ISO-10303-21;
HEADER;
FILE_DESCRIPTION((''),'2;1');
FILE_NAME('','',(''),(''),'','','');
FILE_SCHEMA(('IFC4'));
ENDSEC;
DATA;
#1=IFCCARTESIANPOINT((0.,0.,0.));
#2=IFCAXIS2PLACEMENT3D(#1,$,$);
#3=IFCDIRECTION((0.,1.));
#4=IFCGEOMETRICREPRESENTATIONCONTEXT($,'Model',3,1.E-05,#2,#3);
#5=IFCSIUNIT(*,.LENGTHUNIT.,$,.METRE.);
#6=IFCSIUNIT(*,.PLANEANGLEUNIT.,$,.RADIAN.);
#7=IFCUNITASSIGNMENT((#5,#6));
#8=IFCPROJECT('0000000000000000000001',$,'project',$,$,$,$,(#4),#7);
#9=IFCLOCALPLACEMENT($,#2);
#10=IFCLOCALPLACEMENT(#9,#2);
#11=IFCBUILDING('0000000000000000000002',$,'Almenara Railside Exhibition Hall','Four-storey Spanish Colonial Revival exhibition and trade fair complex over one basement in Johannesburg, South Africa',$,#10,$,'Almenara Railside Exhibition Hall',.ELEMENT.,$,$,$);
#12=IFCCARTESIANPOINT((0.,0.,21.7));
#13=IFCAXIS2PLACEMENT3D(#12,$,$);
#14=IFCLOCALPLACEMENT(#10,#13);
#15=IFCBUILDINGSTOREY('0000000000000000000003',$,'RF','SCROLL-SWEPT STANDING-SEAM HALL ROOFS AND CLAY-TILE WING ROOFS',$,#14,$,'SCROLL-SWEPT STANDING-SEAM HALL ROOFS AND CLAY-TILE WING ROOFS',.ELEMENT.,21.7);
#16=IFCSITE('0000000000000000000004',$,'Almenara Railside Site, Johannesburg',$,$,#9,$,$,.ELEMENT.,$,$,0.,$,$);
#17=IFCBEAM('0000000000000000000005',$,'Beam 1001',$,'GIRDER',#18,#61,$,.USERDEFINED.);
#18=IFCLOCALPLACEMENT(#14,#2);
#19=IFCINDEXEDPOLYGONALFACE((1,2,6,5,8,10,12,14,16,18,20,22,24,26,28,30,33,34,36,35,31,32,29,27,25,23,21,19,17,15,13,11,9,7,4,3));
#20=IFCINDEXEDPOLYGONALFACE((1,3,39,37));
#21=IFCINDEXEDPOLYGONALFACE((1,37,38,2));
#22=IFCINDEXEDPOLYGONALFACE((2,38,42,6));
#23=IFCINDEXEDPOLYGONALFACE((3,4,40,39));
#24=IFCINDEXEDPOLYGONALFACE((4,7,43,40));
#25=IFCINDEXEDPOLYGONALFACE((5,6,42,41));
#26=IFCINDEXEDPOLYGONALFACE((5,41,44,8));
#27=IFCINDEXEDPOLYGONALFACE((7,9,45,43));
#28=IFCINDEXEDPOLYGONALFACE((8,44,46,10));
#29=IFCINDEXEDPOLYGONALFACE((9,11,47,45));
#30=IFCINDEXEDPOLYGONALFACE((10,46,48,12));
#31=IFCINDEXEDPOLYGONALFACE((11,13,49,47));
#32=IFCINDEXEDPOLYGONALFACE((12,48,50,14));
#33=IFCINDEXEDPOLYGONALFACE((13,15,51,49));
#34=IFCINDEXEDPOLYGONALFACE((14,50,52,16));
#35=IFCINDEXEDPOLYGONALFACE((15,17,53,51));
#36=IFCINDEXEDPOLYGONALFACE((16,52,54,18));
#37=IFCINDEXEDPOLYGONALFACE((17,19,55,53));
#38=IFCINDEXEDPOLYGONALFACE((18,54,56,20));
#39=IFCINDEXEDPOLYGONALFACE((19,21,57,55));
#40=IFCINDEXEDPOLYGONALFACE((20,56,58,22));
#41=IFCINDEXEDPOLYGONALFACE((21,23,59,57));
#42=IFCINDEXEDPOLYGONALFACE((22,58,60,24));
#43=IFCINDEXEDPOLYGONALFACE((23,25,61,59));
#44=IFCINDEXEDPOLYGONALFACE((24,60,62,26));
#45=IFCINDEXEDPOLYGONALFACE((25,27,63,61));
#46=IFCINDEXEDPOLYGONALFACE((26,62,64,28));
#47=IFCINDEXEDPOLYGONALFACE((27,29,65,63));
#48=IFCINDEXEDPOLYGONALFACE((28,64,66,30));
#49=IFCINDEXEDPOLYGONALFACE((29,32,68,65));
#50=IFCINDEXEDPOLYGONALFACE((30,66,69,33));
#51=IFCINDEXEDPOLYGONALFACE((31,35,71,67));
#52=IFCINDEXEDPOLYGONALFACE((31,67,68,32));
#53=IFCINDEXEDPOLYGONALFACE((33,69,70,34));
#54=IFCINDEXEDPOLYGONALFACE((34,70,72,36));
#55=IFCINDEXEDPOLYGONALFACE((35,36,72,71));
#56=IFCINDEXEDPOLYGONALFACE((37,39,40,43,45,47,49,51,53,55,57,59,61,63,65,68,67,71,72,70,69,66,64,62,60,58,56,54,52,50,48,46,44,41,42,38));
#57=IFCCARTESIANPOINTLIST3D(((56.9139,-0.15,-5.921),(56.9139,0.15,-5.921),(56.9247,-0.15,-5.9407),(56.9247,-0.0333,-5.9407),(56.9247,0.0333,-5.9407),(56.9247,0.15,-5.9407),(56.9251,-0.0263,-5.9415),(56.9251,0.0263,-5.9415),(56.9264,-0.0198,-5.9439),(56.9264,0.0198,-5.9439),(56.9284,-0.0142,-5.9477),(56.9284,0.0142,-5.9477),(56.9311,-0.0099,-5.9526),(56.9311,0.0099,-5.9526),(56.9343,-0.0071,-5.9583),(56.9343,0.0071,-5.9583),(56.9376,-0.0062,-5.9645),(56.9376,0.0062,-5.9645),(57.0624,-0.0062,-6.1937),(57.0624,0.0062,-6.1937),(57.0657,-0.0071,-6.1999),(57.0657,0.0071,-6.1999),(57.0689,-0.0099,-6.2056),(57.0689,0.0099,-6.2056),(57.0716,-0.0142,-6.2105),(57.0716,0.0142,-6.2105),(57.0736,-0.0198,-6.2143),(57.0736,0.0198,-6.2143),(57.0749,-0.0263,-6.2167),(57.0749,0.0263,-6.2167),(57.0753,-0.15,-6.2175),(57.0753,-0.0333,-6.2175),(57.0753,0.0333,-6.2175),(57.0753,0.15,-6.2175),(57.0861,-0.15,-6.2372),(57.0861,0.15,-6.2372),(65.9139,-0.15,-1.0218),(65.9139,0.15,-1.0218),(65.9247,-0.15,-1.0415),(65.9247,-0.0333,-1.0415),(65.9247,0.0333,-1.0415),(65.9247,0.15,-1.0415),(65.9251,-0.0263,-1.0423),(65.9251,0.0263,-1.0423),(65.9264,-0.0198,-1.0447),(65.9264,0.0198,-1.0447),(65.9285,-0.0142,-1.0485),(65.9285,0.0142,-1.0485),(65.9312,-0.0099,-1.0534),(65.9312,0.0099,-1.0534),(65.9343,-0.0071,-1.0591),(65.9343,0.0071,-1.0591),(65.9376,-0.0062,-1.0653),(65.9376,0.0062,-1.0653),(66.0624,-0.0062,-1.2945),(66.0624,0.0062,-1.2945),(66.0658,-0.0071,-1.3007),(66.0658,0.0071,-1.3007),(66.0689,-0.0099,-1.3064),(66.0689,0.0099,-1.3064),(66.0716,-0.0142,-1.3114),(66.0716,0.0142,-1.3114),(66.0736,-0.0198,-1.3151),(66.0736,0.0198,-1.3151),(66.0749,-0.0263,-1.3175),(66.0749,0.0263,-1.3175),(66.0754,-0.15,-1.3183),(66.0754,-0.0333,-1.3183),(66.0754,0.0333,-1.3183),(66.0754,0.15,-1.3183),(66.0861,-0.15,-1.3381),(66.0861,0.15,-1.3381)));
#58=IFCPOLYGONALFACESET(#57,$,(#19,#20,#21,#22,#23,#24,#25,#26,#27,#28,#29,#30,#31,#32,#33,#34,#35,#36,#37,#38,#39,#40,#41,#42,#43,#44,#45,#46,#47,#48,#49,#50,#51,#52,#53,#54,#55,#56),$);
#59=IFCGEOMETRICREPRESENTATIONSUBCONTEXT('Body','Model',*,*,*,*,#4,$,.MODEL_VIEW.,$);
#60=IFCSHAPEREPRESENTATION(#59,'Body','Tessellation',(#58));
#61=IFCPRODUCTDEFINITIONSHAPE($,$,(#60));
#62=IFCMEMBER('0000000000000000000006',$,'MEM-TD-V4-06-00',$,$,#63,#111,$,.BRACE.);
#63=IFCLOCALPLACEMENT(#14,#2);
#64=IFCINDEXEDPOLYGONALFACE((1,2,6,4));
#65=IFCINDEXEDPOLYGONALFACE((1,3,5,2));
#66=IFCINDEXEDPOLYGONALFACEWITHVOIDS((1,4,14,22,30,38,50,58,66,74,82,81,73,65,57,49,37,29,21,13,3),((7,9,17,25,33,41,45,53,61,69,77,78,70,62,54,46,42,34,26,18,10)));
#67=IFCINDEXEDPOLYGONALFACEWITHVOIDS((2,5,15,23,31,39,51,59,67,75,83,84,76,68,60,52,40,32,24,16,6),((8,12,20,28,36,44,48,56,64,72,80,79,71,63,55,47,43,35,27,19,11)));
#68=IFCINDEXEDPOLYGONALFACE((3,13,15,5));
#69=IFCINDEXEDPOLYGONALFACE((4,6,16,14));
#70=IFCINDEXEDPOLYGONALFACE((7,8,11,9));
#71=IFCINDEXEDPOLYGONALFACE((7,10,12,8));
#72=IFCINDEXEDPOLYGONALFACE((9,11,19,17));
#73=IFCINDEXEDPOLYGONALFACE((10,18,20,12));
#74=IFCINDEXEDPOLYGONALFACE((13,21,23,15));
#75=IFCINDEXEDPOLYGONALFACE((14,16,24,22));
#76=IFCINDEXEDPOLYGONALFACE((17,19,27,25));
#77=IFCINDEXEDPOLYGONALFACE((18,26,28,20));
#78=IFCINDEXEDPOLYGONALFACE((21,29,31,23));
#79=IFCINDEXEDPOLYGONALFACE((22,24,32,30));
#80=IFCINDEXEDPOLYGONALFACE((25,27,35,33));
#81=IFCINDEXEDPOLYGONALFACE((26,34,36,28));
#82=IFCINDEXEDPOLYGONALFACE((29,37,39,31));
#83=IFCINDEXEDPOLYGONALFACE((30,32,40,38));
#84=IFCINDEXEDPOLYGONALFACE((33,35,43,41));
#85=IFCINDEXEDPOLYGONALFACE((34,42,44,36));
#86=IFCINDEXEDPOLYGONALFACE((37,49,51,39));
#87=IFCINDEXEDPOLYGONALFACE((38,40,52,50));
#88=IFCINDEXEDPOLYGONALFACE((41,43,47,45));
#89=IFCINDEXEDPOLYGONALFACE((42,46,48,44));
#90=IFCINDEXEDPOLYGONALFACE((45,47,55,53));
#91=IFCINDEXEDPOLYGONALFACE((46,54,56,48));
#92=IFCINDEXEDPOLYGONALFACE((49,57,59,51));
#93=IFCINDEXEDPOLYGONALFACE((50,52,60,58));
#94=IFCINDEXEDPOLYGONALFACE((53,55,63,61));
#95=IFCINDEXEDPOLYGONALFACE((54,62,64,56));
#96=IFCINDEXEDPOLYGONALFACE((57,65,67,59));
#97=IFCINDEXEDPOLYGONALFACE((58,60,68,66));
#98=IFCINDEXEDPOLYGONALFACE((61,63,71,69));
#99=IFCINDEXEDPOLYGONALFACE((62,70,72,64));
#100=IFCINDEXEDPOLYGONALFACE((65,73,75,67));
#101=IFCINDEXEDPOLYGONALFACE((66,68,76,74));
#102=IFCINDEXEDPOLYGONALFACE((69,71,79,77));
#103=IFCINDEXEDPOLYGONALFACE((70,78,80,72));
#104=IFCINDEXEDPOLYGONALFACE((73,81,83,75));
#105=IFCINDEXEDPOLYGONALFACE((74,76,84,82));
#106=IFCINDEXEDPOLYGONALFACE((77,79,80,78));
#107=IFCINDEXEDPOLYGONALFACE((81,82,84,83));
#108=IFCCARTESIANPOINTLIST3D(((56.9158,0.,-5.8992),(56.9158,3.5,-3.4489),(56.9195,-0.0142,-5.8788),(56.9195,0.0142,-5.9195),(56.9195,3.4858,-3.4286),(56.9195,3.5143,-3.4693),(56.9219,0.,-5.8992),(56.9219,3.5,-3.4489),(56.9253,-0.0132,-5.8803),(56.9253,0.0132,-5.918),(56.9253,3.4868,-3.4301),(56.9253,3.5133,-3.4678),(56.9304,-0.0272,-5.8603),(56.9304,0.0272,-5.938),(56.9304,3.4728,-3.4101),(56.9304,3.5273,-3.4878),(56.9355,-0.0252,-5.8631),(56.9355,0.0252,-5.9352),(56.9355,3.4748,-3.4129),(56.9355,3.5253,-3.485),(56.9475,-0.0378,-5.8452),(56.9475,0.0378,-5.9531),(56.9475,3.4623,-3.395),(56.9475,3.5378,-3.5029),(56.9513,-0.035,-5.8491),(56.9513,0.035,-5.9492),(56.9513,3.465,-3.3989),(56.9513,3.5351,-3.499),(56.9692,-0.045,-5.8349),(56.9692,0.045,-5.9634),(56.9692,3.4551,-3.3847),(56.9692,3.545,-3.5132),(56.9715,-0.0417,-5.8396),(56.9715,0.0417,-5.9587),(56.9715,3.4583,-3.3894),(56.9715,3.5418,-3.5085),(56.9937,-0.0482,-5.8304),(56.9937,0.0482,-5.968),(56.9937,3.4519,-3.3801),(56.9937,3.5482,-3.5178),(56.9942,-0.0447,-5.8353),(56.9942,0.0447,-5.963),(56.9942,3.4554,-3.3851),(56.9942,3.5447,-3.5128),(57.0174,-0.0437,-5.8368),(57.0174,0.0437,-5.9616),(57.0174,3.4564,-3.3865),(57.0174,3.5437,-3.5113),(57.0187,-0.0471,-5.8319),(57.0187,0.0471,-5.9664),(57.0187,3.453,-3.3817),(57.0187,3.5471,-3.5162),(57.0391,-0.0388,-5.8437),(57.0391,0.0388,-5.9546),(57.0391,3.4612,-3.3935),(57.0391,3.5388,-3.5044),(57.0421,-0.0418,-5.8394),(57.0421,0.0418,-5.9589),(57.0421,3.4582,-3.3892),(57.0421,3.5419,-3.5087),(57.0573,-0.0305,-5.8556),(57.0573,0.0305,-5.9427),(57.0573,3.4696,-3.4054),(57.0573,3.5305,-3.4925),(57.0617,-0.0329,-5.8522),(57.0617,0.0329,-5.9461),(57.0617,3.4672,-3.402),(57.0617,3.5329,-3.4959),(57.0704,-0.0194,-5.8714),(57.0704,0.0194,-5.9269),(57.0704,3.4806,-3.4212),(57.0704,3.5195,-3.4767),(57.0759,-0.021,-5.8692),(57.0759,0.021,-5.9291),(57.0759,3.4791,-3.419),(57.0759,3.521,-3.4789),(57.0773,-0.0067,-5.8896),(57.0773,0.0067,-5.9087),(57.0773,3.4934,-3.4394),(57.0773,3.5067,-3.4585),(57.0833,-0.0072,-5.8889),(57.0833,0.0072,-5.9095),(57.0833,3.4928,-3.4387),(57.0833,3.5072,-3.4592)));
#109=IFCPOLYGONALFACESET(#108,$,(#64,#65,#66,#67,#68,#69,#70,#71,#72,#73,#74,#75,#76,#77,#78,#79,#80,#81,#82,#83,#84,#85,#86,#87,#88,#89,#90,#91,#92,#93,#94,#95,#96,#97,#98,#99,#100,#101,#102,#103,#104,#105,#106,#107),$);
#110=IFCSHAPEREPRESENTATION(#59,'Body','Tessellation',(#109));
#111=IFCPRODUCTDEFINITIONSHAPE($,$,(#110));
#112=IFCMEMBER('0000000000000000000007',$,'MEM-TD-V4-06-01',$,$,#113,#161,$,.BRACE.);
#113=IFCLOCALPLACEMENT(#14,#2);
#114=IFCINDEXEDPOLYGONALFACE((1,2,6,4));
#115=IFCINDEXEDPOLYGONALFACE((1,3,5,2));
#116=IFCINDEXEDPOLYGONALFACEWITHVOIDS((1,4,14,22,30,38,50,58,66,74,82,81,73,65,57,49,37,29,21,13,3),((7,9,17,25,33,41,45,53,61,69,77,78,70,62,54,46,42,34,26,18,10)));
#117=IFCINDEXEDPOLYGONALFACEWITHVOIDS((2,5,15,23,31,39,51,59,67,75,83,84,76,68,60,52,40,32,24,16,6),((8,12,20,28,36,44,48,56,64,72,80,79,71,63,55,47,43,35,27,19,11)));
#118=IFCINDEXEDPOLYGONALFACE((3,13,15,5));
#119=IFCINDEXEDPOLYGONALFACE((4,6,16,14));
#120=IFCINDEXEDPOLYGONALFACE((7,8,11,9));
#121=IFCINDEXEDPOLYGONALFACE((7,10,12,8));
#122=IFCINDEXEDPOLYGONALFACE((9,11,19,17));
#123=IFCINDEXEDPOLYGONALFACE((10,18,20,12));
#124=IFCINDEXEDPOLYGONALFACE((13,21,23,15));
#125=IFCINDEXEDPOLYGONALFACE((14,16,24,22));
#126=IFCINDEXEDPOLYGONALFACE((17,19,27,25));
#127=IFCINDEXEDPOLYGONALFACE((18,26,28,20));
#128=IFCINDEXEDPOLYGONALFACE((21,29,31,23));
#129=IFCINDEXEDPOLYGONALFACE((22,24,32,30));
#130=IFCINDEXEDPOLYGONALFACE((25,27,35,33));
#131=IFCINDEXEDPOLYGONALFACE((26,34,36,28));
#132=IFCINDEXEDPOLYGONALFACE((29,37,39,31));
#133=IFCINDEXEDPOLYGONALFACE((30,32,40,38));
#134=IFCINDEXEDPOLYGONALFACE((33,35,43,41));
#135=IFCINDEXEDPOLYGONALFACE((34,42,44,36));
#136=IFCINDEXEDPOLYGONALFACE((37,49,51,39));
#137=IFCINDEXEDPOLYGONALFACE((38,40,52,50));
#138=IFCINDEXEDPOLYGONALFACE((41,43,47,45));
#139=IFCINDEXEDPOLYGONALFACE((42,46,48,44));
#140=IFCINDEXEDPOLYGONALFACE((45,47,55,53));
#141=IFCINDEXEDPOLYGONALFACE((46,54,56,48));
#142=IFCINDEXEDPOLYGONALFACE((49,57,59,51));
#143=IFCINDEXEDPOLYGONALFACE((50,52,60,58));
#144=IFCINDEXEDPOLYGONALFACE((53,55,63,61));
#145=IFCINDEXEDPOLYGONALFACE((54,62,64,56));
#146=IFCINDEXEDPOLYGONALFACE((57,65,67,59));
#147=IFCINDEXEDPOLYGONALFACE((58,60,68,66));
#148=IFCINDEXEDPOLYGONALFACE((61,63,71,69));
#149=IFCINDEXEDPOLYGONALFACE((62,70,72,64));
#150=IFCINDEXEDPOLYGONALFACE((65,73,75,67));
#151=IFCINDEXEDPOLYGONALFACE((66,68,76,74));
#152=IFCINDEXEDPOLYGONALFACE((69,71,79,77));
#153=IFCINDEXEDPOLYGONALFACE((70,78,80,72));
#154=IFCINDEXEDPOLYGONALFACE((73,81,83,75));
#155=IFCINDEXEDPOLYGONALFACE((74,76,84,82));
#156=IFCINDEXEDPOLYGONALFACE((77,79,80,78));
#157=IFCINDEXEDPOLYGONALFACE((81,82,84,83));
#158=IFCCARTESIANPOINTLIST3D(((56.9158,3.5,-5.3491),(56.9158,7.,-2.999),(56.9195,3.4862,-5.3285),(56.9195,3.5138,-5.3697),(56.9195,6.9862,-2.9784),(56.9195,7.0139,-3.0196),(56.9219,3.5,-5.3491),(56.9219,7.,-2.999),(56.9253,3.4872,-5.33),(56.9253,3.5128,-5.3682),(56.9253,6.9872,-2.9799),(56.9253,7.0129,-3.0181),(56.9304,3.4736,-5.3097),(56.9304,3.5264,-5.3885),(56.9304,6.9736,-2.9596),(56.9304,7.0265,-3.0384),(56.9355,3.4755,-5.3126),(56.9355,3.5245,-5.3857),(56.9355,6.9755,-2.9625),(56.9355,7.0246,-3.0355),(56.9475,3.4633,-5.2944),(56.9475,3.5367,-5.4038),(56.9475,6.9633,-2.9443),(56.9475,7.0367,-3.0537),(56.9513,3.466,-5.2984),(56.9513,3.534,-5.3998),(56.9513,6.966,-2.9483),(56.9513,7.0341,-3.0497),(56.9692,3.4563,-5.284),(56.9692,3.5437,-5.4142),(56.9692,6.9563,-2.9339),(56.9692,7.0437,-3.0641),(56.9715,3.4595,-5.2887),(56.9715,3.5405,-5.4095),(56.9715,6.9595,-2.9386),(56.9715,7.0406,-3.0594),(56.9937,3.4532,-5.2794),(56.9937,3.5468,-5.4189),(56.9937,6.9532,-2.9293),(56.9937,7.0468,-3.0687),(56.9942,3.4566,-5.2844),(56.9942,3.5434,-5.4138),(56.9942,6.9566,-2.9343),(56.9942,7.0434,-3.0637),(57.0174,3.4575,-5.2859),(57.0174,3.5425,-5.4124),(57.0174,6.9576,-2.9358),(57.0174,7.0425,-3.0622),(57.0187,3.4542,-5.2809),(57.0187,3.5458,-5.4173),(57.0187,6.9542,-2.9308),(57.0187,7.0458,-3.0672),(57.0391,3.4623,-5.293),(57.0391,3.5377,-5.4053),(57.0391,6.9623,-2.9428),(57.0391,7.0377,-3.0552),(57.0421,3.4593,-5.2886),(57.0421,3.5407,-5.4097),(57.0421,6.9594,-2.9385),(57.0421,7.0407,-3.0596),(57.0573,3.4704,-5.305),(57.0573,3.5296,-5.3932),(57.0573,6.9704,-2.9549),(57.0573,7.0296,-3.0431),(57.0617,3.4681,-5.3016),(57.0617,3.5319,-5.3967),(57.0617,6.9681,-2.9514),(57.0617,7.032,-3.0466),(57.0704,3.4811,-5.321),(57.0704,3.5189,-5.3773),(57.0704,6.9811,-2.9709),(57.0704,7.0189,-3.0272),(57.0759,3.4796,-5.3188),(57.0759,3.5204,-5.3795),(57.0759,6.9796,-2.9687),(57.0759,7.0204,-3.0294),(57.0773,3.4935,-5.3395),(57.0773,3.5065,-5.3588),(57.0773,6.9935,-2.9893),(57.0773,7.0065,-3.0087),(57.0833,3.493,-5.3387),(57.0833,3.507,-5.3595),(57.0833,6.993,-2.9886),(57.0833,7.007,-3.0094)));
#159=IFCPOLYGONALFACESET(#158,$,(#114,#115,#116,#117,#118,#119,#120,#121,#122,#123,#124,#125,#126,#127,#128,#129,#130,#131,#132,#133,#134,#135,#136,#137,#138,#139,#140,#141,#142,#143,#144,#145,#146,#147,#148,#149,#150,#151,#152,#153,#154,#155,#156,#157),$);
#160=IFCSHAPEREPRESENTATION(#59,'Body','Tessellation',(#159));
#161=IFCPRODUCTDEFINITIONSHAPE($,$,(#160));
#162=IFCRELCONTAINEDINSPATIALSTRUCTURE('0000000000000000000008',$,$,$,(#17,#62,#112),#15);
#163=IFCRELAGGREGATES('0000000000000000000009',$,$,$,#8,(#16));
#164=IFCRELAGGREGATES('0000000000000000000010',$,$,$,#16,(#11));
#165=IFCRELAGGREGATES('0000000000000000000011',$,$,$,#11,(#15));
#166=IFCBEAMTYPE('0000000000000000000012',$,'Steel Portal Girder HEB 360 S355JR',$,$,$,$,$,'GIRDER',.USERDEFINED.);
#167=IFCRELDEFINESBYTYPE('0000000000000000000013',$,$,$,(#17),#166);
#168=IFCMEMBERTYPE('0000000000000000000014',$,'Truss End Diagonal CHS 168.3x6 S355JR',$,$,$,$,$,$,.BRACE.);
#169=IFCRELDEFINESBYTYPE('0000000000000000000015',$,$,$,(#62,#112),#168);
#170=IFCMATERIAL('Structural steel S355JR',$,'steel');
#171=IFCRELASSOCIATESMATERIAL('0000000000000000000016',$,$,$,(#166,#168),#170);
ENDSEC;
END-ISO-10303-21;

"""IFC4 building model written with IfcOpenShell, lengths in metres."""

from ifc_helpers import new_model, si_unit, direction, frame, origin, origin_2d, place, context, subcontext, project, spatial, hollow_circle, i_section, extrude, material, material_profile, profile_set, type_object, element, save


model = new_model("IFC4")

# Units and contexts
model_context = context("Model", 3, precision=1e-05, world=origin(), true_north=direction((0.0, 1.0)))
body_context = subcontext(model_context, "Body", "Model", "MODEL_VIEW")
ifc_project = project(units=[si_unit("LENGTHUNIT", "METRE"), si_unit("PLANEANGLEUNIT", "RADIAN")], contexts=[model_context])

# Site, building, storey
site_placement = place(None, origin())
site = spatial("IfcSite", under=ifc_project, at=site_placement, Name="Almenara Railside Site, Johannesburg", CompositionType="ELEMENT", RefElevation=0.0)
building_placement = place(site_placement, origin())
building = spatial("IfcBuilding", under=site, at=building_placement, Name="Almenara Railside Exhibition Hall", Description="Four-storey Spanish Colonial Revival exhibition and trade fair complex over one basement in Johannesburg, South Africa", LongName="Almenara Railside Exhibition Hall", CompositionType="ELEMENT")
storey_placement = place(building_placement, frame((0.0, 0.0, 21.7)))
storey = spatial("IfcBuildingStorey", under=building, at=storey_placement, Name="RF", Description="SCROLL-SWEPT STANDING-SEAM HALL ROOFS AND CLAY-TILE WING ROOFS", LongName="SCROLL-SWEPT STANDING-SEAM HALL ROOFS AND CLAY-TILE WING ROOFS", CompositionType="ELEMENT", Elevation=21.7)

# Shared definitions
ifc_material = material(Name="Structural steel S355JR", Category="steel")

# Beam
ifc_material_profile_1 = material_profile(ifc_material, i_section(OverallWidth=0.3, OverallDepth=0.3601, WebThickness=0.0125, FlangeThickness=0.0225, FilletRadius=0.0271, at=origin_2d()), Name="HEB 360")
ifc_profile_set_1 = profile_set([ifc_material_profile_1], Name="Structural steel S355JR")
beam_type = type_object("IfcBeamType", Name="Steel Portal Girder HEB 360 S355JR", ElementType="GIRDER", PredefinedType="USERDEFINED", material=ifc_profile_set_1)
beam_placement = place(storey_placement, frame((57.0, 0.0, -6.0791), z_axis=(0.878302, 0.0, 0.478106), x_axis=(0.0, 1.0, 0.0)))
element("IfcBeam", 1, at=beam_placement, inside=storey, type_object=beam_type, Name="Beam 1001", ObjectType="GIRDER", PredefinedType="USERDEFINED", context=body_context, shape_type="SweptSolid", body=[
    extrude(i_section(OverallWidth=0.3, OverallDepth=0.3601, WebThickness=0.0125, FlangeThickness=0.0225, FilletRadius=0.0271, at=origin_2d()), origin(), (0.0, 0.0, 1.0), 10.2471),
])

# Members
ifc_material_profile_2 = material_profile(ifc_material, hollow_circle(Radius=0.0842, WallThickness=0.0061, at=origin_2d()), Name="CHS 168.3x6")
ifc_profile_set_2 = profile_set([ifc_material_profile_2], Name="Structural steel S355JR")
member_type_1 = type_object("IfcMemberType", Name="Truss End Diagonal CHS 168.3x6 S355JR", PredefinedType="BRACE", material=ifc_profile_set_2)
member_1_placement = place(storey_placement, frame((57.0, 0.0, -5.8992), z_axis=(0.0, 0.81921, 0.573493), x_axis=(-1.0, 0.0, 0.0)))
element("IfcMember", 2, at=member_1_placement, inside=storey, type_object=member_type_1, Name="MEM-TD-V4-06-00", PredefinedType="BRACE", context=body_context, shape_type="SweptSolid", body=[
    extrude(hollow_circle(Radius=0.0842, WallThickness=0.0061, at=origin_2d()), origin(), (0.0, 0.0, 1.0), 4.2725),
])
member_2_placement = place(storey_placement, frame((57.0, 3.5, -5.3491), z_axis=(0.0, 0.83021, 0.55745), x_axis=(-1.0, 0.0, 0.0)))
element("IfcMember", 3, at=member_2_placement, inside=storey, type_object=member_type_1, Name="MEM-TD-V4-06-01", PredefinedType="BRACE", context=body_context, shape_type="SweptSolid", body=[
    extrude(hollow_circle(Radius=0.0842, WallThickness=0.0061, at=origin_2d()), origin(), (0.0, 0.0, 1.0), 4.2158),
])

save(model, "model.ifc")
